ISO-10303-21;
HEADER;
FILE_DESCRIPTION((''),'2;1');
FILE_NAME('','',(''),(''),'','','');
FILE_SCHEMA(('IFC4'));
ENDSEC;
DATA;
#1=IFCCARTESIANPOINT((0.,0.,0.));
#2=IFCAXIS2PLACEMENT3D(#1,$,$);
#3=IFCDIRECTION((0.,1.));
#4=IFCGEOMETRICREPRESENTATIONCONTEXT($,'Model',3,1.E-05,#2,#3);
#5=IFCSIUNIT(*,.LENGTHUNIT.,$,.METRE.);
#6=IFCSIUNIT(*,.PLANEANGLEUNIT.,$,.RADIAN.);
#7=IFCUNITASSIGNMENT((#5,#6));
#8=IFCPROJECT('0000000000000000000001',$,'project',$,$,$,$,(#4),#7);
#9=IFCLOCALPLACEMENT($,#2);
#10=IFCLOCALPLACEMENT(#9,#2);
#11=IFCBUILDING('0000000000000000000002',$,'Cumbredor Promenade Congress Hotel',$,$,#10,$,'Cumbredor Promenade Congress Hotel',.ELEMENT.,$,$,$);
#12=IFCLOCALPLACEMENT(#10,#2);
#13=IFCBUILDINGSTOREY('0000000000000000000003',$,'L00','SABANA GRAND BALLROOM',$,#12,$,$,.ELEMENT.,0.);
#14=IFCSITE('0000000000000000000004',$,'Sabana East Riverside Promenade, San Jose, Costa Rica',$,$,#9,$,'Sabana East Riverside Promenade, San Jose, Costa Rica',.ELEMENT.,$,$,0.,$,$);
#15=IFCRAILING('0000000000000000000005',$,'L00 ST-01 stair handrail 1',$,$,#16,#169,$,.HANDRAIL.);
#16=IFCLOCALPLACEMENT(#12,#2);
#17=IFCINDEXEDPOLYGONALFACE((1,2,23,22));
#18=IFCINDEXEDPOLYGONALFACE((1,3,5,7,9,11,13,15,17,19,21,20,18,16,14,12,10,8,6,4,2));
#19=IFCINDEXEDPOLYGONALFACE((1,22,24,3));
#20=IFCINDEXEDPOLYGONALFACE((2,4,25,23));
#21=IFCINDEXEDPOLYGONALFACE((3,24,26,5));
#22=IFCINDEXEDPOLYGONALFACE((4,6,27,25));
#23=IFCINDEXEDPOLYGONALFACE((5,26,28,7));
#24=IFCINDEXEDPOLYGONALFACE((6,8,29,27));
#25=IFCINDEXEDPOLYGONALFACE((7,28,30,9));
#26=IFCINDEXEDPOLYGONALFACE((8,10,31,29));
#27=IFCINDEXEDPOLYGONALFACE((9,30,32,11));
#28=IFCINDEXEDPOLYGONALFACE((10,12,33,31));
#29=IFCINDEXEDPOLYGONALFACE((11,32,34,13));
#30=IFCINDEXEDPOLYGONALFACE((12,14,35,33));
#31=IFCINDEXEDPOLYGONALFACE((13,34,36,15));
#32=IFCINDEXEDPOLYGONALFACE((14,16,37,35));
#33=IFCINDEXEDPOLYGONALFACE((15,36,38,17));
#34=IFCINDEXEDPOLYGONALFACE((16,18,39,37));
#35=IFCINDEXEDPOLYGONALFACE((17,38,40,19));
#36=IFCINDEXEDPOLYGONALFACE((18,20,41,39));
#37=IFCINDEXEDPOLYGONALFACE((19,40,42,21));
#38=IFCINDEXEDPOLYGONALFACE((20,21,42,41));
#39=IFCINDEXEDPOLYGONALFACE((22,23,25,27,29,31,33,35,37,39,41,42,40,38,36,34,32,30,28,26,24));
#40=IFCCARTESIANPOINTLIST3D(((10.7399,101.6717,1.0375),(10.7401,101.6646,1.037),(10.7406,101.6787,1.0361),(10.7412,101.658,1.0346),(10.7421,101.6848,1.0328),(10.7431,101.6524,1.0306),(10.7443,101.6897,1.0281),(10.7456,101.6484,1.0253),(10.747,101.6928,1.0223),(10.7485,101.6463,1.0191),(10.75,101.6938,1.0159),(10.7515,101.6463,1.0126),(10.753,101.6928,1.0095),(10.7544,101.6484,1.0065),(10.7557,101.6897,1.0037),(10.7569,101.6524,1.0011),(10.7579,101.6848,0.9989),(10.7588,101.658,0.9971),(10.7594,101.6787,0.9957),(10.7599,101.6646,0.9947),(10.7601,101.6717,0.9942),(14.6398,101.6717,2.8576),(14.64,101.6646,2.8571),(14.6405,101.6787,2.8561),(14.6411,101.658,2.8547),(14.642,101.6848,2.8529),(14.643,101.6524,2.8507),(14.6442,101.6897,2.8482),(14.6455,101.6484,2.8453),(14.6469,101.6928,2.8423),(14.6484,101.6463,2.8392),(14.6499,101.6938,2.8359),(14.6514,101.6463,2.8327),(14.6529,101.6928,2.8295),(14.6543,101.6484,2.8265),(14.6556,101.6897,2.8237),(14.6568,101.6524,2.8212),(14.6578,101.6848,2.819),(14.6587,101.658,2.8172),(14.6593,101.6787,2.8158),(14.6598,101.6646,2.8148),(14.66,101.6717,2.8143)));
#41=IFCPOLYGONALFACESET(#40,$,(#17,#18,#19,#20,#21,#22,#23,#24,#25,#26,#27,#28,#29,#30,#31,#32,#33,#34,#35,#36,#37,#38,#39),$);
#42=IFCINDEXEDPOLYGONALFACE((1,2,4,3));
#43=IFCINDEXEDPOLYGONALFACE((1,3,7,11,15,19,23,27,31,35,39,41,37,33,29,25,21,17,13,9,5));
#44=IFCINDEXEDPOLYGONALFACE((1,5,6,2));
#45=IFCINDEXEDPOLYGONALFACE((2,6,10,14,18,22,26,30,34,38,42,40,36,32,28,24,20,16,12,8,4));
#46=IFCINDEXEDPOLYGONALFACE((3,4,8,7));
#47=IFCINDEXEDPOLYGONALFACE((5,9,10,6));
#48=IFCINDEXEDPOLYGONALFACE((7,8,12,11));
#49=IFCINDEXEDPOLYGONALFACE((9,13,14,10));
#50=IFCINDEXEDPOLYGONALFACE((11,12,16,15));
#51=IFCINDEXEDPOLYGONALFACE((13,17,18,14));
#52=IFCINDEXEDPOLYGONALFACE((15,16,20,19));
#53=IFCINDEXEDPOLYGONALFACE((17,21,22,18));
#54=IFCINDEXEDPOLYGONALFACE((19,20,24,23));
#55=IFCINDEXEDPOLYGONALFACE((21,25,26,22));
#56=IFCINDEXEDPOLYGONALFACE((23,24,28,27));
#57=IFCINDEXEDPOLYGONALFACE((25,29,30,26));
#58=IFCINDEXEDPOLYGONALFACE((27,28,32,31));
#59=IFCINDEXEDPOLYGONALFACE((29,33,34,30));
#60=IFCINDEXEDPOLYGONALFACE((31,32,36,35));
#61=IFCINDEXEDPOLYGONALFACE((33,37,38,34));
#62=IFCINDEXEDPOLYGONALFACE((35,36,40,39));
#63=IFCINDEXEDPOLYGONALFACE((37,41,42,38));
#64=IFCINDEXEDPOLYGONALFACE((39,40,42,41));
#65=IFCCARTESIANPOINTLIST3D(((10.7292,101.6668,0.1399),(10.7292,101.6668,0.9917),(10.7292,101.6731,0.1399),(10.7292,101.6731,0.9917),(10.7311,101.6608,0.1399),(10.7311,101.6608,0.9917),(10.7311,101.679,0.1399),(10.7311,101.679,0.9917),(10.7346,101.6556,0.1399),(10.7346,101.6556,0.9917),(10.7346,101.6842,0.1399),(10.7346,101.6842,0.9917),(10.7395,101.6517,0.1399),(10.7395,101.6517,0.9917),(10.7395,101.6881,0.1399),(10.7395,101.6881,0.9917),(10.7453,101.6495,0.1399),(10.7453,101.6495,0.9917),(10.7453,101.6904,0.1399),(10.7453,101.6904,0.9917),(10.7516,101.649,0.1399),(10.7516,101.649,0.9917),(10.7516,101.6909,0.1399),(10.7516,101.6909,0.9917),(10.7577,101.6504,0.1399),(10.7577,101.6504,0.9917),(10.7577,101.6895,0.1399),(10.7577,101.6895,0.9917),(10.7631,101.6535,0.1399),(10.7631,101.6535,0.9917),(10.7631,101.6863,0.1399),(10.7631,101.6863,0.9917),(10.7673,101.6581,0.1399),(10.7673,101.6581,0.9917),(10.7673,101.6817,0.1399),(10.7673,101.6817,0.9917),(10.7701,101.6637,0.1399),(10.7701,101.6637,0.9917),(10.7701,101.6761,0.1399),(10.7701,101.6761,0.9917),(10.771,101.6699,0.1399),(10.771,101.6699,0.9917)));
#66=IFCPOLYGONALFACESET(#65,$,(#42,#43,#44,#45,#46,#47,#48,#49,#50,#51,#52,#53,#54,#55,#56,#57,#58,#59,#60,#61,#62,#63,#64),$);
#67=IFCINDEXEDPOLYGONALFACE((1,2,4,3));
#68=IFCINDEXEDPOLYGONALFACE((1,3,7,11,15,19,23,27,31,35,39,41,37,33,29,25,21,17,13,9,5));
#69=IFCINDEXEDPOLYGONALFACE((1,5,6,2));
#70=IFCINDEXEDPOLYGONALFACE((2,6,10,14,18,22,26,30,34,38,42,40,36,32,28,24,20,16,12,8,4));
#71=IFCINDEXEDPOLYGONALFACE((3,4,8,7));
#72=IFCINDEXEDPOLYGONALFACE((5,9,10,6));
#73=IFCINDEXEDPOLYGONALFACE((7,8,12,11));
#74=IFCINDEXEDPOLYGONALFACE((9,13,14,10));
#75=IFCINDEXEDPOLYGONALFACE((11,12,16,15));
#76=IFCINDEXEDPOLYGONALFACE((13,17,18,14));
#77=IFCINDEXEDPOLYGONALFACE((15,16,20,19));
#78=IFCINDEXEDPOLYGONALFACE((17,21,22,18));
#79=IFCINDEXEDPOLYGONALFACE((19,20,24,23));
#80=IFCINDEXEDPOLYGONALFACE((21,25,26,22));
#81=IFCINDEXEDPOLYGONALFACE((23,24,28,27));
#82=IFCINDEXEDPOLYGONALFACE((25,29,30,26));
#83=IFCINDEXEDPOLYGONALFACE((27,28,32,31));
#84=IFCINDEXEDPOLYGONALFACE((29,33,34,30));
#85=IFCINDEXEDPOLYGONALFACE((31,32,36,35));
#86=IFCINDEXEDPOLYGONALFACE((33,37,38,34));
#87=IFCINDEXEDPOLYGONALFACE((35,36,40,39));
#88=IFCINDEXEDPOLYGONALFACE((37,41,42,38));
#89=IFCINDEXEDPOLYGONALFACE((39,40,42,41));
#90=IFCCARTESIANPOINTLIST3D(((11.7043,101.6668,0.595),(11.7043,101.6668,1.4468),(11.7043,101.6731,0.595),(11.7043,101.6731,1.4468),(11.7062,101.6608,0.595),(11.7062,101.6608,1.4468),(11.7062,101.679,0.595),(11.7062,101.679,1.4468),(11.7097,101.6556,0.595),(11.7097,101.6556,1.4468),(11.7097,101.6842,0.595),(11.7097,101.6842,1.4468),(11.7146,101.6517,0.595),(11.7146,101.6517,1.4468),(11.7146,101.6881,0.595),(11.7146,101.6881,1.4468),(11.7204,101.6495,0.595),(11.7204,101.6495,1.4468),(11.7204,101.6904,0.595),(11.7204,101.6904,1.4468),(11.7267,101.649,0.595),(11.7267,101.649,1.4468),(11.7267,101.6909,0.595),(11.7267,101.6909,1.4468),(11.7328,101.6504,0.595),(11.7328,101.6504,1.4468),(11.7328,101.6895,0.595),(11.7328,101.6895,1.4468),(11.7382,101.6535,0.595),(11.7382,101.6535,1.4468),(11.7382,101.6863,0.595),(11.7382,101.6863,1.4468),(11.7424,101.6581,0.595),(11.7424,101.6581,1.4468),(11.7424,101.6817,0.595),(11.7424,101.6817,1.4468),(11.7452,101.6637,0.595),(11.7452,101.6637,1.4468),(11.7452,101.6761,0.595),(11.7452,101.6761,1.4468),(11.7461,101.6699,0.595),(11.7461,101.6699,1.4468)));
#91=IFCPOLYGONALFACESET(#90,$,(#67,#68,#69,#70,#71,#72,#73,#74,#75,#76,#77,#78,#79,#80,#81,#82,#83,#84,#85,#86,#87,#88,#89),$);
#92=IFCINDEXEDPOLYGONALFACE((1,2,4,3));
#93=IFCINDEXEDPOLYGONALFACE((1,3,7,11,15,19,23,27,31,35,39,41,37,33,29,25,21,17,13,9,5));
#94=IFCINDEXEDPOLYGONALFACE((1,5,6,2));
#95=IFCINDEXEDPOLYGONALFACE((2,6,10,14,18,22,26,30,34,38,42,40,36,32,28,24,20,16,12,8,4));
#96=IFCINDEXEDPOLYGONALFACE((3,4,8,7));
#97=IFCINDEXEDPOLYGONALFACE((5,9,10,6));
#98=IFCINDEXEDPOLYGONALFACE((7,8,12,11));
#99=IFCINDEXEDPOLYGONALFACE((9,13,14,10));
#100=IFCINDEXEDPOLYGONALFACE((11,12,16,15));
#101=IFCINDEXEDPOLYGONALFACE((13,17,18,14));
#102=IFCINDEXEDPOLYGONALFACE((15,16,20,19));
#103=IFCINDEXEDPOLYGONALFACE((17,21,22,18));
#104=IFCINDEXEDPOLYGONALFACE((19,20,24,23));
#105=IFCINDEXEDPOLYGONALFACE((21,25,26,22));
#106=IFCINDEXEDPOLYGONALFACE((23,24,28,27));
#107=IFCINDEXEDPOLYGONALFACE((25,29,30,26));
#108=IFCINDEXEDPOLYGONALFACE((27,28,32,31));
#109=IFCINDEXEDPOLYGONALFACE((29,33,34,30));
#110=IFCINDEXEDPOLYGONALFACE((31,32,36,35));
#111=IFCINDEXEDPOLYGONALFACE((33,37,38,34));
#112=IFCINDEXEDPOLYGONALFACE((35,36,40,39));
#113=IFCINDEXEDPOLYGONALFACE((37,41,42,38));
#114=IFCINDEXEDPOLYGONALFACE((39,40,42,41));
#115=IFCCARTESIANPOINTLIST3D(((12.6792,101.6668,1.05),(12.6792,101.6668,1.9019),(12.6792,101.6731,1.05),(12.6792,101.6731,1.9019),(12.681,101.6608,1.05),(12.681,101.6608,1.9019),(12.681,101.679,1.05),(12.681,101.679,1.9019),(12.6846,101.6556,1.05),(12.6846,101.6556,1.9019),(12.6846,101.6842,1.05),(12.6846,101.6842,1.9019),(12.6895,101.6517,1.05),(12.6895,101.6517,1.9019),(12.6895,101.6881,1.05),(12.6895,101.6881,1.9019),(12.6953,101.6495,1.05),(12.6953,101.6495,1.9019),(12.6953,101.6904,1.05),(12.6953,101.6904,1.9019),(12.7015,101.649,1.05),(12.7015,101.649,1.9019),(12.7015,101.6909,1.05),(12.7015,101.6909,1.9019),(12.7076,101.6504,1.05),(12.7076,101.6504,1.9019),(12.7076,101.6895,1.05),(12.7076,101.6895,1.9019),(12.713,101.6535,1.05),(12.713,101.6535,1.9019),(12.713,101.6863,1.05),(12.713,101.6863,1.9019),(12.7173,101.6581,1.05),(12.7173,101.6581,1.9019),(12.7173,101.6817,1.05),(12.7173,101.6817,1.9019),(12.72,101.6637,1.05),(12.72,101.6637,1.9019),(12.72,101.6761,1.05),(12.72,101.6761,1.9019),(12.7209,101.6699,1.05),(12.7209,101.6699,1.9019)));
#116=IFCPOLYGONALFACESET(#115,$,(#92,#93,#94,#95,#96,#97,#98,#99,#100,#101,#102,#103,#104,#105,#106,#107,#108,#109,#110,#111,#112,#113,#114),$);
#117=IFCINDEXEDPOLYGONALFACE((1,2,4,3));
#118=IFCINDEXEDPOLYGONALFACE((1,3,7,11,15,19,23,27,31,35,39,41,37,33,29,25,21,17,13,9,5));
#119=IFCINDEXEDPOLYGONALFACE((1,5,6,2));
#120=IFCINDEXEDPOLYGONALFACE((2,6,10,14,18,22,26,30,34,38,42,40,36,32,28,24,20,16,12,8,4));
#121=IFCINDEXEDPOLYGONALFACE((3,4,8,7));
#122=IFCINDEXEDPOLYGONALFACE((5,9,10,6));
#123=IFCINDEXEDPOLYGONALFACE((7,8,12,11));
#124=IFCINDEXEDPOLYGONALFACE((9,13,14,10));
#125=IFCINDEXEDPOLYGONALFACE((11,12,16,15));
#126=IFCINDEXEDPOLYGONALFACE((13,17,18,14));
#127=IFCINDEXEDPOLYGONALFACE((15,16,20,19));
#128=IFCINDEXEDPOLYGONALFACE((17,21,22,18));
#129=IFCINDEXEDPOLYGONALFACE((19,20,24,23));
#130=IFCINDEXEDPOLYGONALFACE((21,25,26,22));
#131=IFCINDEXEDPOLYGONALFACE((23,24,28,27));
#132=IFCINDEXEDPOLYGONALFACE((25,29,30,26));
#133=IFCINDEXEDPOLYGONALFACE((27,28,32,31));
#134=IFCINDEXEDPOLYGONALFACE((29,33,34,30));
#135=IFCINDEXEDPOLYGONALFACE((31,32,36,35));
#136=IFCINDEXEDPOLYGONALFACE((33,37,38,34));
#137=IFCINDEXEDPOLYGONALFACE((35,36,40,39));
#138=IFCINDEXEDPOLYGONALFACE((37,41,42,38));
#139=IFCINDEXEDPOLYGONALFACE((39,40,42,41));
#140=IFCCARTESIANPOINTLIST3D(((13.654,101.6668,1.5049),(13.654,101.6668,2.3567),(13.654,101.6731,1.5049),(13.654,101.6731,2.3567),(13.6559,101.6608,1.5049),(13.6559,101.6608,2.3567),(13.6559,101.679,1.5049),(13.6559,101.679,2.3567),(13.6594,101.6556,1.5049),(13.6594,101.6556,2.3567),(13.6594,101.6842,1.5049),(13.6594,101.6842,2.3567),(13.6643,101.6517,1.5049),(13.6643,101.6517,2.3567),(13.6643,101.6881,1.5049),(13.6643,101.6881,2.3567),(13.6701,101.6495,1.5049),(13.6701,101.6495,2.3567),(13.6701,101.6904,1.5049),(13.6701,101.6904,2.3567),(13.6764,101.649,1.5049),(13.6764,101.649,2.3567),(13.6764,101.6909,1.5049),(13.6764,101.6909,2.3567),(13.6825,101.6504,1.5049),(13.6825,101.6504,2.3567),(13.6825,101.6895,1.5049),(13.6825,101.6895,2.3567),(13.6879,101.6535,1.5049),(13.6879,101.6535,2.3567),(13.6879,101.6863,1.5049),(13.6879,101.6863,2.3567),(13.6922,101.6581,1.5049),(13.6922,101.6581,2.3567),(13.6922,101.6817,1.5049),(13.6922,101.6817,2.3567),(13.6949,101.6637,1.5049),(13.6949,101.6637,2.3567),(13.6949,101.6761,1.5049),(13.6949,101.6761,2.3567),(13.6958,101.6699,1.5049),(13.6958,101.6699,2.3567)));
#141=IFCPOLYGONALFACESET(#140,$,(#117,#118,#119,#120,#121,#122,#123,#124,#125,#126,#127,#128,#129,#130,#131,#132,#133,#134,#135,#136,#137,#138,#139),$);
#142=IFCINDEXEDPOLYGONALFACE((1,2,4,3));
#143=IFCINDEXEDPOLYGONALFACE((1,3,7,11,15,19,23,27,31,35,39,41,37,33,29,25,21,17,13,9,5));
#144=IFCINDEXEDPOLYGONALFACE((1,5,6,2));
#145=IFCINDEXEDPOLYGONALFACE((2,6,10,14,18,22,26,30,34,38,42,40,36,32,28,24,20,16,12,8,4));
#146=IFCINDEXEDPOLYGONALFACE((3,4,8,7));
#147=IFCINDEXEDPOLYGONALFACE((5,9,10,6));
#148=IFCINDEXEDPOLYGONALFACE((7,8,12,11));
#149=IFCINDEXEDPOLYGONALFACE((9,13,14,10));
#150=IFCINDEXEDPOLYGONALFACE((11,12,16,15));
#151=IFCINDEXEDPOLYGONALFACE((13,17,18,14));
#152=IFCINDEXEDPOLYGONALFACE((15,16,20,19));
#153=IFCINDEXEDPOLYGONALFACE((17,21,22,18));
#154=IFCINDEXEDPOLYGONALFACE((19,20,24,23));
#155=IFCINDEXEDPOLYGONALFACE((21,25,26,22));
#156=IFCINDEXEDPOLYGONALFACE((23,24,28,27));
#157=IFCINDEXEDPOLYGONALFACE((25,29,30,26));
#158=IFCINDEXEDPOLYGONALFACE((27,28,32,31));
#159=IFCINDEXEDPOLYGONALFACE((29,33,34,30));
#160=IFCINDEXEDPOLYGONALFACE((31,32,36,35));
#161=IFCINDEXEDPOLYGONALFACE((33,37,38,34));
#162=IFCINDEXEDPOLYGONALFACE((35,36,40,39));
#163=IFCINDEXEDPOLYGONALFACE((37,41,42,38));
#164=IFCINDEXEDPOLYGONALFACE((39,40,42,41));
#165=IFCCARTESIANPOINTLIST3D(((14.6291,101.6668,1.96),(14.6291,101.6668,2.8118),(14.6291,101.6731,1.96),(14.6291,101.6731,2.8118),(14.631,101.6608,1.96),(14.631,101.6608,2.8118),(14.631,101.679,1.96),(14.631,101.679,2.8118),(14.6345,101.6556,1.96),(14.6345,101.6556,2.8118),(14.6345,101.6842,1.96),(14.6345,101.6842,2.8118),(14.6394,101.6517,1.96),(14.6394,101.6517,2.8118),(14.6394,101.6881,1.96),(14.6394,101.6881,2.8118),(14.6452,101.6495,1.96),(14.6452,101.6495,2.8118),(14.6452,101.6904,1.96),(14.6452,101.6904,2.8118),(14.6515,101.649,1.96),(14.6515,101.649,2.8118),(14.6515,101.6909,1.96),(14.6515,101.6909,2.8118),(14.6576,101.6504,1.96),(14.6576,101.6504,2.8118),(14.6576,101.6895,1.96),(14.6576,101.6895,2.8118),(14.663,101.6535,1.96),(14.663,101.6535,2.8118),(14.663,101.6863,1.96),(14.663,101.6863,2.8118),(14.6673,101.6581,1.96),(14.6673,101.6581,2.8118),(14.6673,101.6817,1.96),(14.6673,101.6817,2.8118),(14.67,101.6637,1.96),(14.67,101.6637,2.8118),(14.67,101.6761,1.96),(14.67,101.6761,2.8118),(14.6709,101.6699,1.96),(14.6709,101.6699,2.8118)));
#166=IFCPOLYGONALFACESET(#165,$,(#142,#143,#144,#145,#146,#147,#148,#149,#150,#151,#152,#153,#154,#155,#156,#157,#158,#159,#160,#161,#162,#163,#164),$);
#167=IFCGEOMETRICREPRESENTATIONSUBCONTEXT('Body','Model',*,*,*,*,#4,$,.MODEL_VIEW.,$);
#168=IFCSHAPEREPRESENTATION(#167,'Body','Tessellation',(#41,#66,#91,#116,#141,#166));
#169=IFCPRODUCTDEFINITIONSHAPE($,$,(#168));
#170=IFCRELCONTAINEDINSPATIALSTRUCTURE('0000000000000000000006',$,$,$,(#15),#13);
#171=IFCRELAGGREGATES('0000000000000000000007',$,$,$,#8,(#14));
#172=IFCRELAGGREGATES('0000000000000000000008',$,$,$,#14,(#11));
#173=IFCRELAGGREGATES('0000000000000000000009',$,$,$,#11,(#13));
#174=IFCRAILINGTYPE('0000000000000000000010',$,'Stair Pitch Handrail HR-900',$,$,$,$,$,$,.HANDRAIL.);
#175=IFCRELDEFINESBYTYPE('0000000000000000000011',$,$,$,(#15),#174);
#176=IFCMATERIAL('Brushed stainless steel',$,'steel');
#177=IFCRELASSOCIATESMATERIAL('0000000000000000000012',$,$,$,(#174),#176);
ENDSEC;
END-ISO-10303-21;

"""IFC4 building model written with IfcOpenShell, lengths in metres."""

from ifc_helpers import new_model, si_unit, direction, frame, origin, origin_2d, place, context, subcontext, project, spatial, circle, extrude, material, type_object, element, save


model = new_model("IFC4")

# Units and contexts
model_context = context("Model", 3, precision=1e-05, world=origin(), true_north=direction((0.0, 1.0)))
body_context = subcontext(model_context, "Body", "Model", "MODEL_VIEW")
ifc_project = project(units=[si_unit("LENGTHUNIT", "METRE"), si_unit("PLANEANGLEUNIT", "RADIAN")], contexts=[model_context])

# Site, building, storey
site_placement = place(None, origin())
site = spatial("IfcSite", under=ifc_project, at=site_placement, Name="Sabana East Riverside Promenade, San Jose, Costa Rica", LongName="Sabana East Riverside Promenade, San Jose, Costa Rica", CompositionType="ELEMENT", RefElevation=0.0)
building_placement = place(site_placement, origin())
building = spatial("IfcBuilding", under=site, at=building_placement, Name="Cumbredor Promenade Congress Hotel", LongName="Cumbredor Promenade Congress Hotel", CompositionType="ELEMENT")
storey_placement = place(building_placement, origin())
storey = spatial("IfcBuildingStorey", under=building, at=storey_placement, Name="L00", Description="SABANA GRAND BALLROOM", CompositionType="ELEMENT", Elevation=0.0)

# Railing
ifc_material_1 = material(Name="Brushed stainless steel", Category="steel")
railing_type_1 = type_object("IfcRailingType", Name="Stair Pitch Handrail HR-900", PredefinedType="HANDRAIL", material=ifc_material_1)
railing_1_placement = place(storey_placement, frame((10.75, 101.6699, 0.1399)))
element("IfcRailing", 1, at=railing_1_placement, inside=storey, type_object=railing_type_1, Name="L00 ST-01 stair handrail 1", PredefinedType="HANDRAIL", context=body_context, shape_type="SweptSolid", body=[
    extrude(circle(Radius=0.0239, at=origin_2d()), frame((0.0, 0.0, 0.876), z_axis=(0.906173, 0.0, 0.422907), x_axis=(0.0, 1.0, 0.0)), (0.0, 0.0, 1.0), 4.3037),
    extrude(circle(Radius=0.021, at=origin_2d()), origin(), (0.0, 0.0, 1.0), 0.8518),
    extrude(circle(Radius=0.021, at=origin_2d()), frame((0.9751, 0.0, 0.4551)), (0.0, 0.0, 1.0), 0.8518),
    extrude(circle(Radius=0.021, at=origin_2d()), frame((1.95, 0.0, 0.9102)), (0.0, 0.0, 1.0), 0.8518),
    extrude(circle(Radius=0.021, at=origin_2d()), frame((2.9248, 0.0, 1.365)), (0.0, 0.0, 1.0), 0.8518),
    extrude(circle(Radius=0.021, at=origin_2d()), frame((3.8999, 0.0, 1.8201)), (0.0, 0.0, 1.0), 0.8518),
])

save(model, "model.ifc")
